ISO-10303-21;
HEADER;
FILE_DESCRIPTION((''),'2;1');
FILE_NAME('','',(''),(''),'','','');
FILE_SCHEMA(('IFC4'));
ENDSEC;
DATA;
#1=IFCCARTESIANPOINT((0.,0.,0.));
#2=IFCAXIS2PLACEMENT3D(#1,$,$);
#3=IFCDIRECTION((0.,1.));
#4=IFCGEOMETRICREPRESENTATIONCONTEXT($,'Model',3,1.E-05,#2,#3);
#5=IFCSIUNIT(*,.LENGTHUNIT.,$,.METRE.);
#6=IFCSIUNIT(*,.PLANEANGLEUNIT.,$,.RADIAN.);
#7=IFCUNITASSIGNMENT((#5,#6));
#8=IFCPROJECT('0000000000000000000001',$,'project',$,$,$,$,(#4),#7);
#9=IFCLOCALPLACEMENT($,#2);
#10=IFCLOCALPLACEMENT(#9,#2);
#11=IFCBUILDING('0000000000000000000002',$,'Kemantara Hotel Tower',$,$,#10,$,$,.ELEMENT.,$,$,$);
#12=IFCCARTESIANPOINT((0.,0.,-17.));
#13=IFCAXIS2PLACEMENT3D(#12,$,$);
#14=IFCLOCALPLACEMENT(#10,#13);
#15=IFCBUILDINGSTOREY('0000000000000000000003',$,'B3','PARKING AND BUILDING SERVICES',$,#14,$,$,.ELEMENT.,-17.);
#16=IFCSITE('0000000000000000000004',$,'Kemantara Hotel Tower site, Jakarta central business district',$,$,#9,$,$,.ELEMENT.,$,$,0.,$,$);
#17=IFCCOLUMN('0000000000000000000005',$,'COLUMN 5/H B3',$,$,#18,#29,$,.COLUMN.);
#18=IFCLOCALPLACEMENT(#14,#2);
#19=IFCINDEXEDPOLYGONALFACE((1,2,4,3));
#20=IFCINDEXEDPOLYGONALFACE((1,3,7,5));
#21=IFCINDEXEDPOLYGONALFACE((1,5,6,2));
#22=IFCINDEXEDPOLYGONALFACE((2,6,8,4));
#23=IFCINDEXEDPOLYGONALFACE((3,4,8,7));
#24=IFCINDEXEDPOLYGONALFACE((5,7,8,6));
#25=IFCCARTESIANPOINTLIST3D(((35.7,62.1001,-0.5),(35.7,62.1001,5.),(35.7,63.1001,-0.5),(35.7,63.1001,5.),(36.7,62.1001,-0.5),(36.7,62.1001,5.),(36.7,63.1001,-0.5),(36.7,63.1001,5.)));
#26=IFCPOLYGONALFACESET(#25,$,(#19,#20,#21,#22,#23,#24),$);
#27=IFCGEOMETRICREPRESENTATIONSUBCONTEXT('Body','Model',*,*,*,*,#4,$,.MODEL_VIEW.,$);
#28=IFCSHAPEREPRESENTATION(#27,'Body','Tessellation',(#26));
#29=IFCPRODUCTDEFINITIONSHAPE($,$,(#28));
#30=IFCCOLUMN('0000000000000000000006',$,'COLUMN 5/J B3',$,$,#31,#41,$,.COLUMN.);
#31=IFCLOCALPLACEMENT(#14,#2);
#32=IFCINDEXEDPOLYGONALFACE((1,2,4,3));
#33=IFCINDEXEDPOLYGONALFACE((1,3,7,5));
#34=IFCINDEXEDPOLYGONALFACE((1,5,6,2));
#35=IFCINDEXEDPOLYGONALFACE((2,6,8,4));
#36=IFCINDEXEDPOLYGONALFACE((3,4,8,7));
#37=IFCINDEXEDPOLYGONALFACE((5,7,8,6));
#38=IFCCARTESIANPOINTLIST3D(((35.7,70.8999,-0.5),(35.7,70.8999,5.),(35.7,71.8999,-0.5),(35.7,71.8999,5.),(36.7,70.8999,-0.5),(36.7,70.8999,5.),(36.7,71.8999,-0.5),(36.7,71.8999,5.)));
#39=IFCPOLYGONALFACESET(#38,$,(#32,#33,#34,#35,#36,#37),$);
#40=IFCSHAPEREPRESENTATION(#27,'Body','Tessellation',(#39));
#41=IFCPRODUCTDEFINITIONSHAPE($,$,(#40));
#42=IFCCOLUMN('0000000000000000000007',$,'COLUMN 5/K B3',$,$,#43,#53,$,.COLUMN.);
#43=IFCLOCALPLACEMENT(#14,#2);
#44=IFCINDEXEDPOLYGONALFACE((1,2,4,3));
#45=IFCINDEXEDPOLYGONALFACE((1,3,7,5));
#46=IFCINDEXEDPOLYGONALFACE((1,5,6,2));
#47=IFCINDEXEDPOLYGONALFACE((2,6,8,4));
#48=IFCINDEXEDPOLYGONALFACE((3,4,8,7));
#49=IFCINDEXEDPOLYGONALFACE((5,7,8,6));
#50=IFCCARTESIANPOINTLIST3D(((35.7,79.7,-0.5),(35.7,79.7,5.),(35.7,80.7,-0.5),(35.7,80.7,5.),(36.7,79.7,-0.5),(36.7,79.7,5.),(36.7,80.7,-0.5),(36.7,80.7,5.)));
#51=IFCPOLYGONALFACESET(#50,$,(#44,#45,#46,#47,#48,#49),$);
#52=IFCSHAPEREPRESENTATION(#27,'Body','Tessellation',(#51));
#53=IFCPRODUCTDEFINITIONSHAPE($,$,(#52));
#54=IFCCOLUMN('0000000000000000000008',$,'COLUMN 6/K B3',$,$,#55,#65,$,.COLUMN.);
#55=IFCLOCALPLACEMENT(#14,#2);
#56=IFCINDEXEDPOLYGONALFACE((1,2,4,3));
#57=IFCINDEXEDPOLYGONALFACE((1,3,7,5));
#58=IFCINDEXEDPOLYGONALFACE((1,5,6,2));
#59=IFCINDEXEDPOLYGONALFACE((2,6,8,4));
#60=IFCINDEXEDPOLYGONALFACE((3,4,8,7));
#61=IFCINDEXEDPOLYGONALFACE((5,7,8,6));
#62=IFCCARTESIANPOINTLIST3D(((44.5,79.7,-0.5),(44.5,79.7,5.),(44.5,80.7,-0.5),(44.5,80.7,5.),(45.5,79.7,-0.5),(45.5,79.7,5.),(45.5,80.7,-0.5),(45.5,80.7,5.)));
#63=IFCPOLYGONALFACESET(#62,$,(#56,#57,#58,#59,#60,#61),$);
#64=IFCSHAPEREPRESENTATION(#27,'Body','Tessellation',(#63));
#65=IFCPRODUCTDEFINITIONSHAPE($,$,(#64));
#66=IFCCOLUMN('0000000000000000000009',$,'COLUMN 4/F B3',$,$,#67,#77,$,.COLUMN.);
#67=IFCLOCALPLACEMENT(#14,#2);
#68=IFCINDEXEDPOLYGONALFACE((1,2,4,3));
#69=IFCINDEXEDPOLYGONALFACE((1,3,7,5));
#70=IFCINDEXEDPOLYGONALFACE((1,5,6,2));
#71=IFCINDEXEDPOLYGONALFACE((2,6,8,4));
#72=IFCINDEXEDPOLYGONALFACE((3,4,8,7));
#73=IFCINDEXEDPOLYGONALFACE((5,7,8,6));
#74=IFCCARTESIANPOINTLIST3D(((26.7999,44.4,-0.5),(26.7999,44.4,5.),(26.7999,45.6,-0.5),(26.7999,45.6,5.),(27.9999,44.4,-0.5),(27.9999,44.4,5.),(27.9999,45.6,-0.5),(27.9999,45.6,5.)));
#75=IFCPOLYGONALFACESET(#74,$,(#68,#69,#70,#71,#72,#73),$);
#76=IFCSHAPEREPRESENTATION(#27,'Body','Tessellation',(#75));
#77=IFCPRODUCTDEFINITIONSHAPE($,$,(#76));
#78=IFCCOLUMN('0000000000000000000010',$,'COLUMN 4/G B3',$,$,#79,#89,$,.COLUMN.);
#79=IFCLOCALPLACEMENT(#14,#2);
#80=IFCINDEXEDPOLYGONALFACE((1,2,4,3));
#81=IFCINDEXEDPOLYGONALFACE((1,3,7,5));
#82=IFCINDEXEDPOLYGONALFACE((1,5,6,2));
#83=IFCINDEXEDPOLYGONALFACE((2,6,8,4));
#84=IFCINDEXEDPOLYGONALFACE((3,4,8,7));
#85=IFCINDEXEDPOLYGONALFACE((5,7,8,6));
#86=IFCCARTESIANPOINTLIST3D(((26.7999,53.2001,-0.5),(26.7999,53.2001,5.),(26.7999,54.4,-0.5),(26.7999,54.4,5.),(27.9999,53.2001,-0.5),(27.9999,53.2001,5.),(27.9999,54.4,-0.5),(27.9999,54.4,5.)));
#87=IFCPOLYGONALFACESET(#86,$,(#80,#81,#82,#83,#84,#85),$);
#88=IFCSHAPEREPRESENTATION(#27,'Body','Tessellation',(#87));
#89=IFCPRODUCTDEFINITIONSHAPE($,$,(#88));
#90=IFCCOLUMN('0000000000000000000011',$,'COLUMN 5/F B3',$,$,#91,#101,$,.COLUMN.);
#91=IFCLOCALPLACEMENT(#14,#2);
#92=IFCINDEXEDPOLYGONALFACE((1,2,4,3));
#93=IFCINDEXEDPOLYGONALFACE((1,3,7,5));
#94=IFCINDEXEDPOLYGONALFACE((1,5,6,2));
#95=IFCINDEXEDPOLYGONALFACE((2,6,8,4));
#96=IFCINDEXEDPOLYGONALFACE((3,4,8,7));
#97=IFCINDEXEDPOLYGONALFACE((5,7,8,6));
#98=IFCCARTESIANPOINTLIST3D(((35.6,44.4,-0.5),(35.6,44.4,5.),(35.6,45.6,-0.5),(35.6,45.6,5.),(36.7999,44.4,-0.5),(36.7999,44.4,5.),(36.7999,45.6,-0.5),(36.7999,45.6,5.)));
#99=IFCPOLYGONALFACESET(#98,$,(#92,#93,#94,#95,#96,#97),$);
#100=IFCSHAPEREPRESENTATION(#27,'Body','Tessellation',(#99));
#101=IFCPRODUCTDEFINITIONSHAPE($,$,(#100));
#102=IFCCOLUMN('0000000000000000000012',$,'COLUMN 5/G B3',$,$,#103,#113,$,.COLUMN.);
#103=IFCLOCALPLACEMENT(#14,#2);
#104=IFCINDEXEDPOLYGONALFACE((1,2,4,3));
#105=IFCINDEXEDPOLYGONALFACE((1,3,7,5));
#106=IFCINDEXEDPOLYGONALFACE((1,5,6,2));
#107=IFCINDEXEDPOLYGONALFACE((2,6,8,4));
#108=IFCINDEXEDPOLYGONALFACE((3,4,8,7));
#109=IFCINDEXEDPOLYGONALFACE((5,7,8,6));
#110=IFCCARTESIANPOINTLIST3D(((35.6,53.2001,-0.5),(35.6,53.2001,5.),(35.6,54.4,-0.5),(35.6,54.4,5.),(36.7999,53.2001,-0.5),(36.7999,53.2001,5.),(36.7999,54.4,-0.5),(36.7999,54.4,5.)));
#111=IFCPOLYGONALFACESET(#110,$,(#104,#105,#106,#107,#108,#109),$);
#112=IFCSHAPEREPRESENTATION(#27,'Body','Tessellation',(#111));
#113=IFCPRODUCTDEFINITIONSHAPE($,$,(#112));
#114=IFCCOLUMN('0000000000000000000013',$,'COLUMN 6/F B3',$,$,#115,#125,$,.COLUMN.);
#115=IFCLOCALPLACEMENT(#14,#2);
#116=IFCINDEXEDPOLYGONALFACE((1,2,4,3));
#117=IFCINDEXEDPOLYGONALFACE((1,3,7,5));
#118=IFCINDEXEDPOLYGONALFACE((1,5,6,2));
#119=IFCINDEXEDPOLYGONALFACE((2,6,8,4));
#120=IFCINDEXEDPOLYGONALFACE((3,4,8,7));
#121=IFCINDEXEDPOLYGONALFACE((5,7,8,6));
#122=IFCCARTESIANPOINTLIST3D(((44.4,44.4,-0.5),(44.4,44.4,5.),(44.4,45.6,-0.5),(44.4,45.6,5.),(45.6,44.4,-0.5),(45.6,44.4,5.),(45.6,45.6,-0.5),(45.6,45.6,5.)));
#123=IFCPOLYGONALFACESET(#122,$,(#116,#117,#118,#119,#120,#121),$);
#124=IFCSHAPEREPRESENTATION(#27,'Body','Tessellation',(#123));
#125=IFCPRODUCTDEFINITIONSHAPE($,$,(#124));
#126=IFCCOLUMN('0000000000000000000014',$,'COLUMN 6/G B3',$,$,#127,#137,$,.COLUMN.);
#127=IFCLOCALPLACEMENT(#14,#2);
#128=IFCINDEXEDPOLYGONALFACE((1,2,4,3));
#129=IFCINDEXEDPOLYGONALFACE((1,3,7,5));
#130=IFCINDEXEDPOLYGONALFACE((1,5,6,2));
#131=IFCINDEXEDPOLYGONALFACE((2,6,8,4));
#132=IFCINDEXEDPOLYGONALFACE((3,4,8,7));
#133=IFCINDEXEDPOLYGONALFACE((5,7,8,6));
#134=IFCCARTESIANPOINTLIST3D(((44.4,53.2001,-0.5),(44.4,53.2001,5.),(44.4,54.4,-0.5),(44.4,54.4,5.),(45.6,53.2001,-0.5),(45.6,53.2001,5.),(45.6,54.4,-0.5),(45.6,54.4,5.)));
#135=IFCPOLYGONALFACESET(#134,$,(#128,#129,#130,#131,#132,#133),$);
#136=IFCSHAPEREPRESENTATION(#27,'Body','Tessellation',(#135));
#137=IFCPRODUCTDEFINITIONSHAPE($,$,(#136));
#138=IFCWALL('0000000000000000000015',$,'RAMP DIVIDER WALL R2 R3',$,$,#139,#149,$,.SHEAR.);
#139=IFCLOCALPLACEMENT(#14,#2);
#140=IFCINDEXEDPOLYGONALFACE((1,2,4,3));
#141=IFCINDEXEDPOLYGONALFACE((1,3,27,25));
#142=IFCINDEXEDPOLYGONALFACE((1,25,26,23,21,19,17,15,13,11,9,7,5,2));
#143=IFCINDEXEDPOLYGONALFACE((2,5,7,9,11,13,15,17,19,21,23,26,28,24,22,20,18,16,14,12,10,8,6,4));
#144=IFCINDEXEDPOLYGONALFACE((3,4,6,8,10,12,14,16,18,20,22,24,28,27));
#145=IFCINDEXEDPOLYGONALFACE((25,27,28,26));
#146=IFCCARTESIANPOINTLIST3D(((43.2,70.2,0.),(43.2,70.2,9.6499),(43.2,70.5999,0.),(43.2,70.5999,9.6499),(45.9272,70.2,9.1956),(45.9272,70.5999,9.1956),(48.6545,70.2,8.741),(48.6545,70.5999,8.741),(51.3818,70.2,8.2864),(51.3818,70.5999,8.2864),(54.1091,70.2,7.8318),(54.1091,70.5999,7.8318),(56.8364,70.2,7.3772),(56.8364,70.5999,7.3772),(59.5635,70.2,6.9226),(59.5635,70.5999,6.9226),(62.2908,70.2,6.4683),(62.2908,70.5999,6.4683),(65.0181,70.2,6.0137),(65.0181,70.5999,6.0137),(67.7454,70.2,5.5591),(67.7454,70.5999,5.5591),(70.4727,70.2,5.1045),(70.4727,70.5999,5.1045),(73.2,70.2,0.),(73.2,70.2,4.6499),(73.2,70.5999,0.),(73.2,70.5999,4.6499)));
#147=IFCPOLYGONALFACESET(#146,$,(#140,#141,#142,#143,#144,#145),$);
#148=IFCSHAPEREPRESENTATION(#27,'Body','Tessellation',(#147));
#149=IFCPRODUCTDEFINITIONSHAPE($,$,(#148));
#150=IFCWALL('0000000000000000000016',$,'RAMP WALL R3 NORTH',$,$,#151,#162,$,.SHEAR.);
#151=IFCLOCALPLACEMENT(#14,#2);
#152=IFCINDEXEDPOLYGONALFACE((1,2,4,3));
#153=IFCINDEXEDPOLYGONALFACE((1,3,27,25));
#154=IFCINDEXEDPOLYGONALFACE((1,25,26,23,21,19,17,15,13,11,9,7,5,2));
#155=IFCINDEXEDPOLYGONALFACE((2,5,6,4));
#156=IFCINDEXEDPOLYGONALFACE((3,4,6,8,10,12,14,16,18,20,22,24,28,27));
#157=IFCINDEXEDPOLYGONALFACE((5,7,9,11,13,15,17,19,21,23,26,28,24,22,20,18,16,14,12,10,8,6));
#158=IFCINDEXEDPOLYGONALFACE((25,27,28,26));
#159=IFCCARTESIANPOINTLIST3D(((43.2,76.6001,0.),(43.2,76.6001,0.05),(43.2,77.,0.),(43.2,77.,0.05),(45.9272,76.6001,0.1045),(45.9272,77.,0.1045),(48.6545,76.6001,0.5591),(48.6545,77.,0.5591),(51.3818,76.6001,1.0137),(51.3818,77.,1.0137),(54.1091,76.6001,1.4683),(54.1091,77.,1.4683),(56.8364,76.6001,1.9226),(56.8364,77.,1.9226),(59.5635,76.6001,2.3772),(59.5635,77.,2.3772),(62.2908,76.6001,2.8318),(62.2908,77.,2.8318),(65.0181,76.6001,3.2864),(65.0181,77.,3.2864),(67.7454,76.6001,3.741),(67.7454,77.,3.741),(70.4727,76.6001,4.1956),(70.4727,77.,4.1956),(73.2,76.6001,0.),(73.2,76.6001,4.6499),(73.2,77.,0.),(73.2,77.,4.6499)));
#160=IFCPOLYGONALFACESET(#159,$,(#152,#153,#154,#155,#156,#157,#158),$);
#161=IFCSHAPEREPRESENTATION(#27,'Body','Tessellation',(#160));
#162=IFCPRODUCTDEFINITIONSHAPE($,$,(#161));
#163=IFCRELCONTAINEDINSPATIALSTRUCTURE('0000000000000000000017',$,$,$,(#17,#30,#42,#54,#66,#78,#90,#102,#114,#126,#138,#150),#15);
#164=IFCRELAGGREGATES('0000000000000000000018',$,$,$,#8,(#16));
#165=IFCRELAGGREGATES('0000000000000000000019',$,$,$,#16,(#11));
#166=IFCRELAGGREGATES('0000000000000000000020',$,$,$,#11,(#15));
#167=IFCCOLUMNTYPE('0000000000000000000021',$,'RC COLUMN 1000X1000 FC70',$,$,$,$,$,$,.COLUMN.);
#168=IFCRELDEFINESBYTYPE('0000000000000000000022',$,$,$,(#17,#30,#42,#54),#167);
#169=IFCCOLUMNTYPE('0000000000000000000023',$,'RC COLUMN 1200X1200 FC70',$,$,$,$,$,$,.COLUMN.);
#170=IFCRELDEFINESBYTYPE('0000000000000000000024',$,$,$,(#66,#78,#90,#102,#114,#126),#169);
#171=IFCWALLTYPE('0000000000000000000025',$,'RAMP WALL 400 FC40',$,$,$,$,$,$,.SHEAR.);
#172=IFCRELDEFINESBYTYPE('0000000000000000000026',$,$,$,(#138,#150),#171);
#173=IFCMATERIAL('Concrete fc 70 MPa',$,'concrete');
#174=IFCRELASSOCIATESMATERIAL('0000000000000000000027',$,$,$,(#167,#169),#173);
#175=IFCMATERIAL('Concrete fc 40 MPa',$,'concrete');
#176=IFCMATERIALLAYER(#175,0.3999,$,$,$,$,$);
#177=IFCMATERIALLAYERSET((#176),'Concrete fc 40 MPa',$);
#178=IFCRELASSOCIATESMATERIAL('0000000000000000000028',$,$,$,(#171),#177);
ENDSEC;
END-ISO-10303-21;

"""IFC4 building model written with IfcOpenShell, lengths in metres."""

from ifc_helpers import new_model, si_unit, direction, frame, origin, origin_2d, place, context, subcontext, project, spatial, polyline, rectangle, outline, extrude, material, layer, layer_set, material_profile, profile_set, type_object, element, save


model = new_model("IFC4")

# Units and contexts
model_context = context("Model", 3, precision=1e-05, world=origin(), true_north=direction((0.0, 1.0)))
body_context = subcontext(model_context, "Body", "Model", "MODEL_VIEW")
ifc_project = project(units=[si_unit("LENGTHUNIT", "METRE"), si_unit("PLANEANGLEUNIT", "RADIAN")], contexts=[model_context])

# Site, building, storey
site_placement = place(None, origin())
site = spatial("IfcSite", under=ifc_project, at=site_placement, Name="Kemantara Hotel Tower site, Jakarta central business district", CompositionType="ELEMENT", RefElevation=0.0)
building_placement = place(site_placement, origin())
building = spatial("IfcBuilding", under=site, at=building_placement, Name="Kemantara Hotel Tower", CompositionType="ELEMENT")
storey_placement = place(building_placement, frame((0.0, 0.0, -17.0)))
storey = spatial("IfcBuildingStorey", under=building, at=storey_placement, Name="B3", Description="PARKING AND BUILDING SERVICES", CompositionType="ELEMENT", Elevation=-17.0)

# Columns
ifc_material_1 = material(Name="Concrete fc 70 MPa", Category="concrete")
ifc_material_profile_1 = material_profile(ifc_material_1, rectangle(XDim=1.0, YDim=1.0, at=origin_2d()), Name="RC 1000X1000")
ifc_profile_set_1 = profile_set([ifc_material_profile_1], Name="Concrete fc 70 MPa")
column_type_1 = type_object("IfcColumnType", Name="RC COLUMN 1000X1000 FC70", PredefinedType="COLUMN", material=ifc_profile_set_1)
for number, where, z_axis, x_axis, name in (
    (1, (36.2, 62.6001, -0.5), (0.0, 0.0, 1.0), (1.0, 0.0, 0.0), "COLUMN 5/H B3"),
    (2, (36.2, 71.3999, -0.5), (0.0, 0.0, 1.0), (1.0, 0.0, 0.0), "COLUMN 5/J B3"),
    (3, (36.2, 80.2, -0.5), (0.0, 0.0, 1.0), (1.0, 0.0, 0.0), "COLUMN 5/K B3"),
    (4, (45.0, 80.2, -0.5), (0.0, 0.0, 1.0), (1.0, 0.0, 0.0), "COLUMN 6/K B3"),
):
    element("IfcColumn", number, at=place(storey_placement, frame(where, z_axis=z_axis, x_axis=x_axis)), inside=storey, type_object=column_type_1, Name=name, PredefinedType="COLUMN", context=body_context, shape_type="SweptSolid", body=[
        extrude(rectangle(XDim=1.0, YDim=1.0, at=origin_2d()), origin(), (0.0, 0.0, 1.0), 5.5),
    ])
ifc_material_profile_2 = material_profile(ifc_material_1, rectangle(XDim=1.2, YDim=1.2, at=origin_2d()), Name="RC 1200X1200")
ifc_profile_set_2 = profile_set([ifc_material_profile_2], Name="Concrete fc 70 MPa")
column_type_2 = type_object("IfcColumnType", Name="RC COLUMN 1200X1200 FC70", PredefinedType="COLUMN", material=ifc_profile_set_2)
for number, where, z_axis, x_axis, name in (
    (5, (27.3999, 45.0, -0.5), (0.0, 0.0, 1.0), (1.0, 0.0, 0.0), "COLUMN 4/F B3"),
    (6, (27.3999, 53.8, -0.5), (0.0, 0.0, 1.0), (1.0, 0.0, 0.0), "COLUMN 4/G B3"),
    (7, (36.2, 45.0, -0.5), (0.0, 0.0, 1.0), (1.0, 0.0, 0.0), "COLUMN 5/F B3"),
    (8, (36.2, 53.8, -0.5), (0.0, 0.0, 1.0), (1.0, 0.0, 0.0), "COLUMN 5/G B3"),
    (9, (45.0, 45.0, -0.5), (0.0, 0.0, 1.0), (1.0, 0.0, 0.0), "COLUMN 6/F B3"),
    (10, (45.0, 53.8, -0.5), (0.0, 0.0, 1.0), (1.0, 0.0, 0.0), "COLUMN 6/G B3"),
):
    element("IfcColumn", number, at=place(storey_placement, frame(where, z_axis=z_axis, x_axis=x_axis)), inside=storey, type_object=column_type_2, Name=name, PredefinedType="COLUMN", context=body_context, shape_type="SweptSolid", body=[
        extrude(rectangle(XDim=1.2, YDim=1.2, at=origin_2d()), origin(), (0.0, 0.0, 1.0), 5.5),
    ])

# Walls
ifc_material_2 = material(Name="Concrete fc 40 MPa", Category="concrete")
ifc_layer = layer(ifc_material_2, 0.3999)
ifc_layer_set = layer_set([ifc_layer], Name="Concrete fc 40 MPa")
wall_type = type_object("IfcWallType", Name="RAMP WALL 400 FC40", PredefinedType="SHEAR", material=ifc_layer_set)
wall_1_placement = place(storey_placement, frame((43.2, 70.3999, 0.0), z_axis=(0.0, 0.0, 1.0), x_axis=(1.0, 0.0, 0.0)))
element("IfcWall", 11, at=wall_1_placement, inside=storey, type_object=wall_type, Name="RAMP DIVIDER WALL R2 R3", PredefinedType="SHEAR", context=body_context, shape_type="SweptSolid", body=[
    extrude(outline(polyline([(0.0, 0.0), (30.0, 0.0), (30.0, 4.6499), (27.2727, 5.1045), (24.5454, 5.5591), (21.8181, 6.0137), (19.0908, 6.4683), (16.3635, 6.9226), (13.6365, 7.3772), (10.9092, 7.8318), (8.1819, 8.2864), (5.4546, 8.741), (2.7273, 9.1956), (0.0, 9.6499), (0.0, 0.0)])), frame((0.0, 0.2, 0.0), z_axis=(0.0, -1.0, 0.0), x_axis=(1.0, 0.0, 0.0)), (0.0, 0.0, 1.0), 0.3999),
])
wall_2_placement = place(storey_placement, frame((43.2, 76.8, 0.0), z_axis=(0.0, 0.0, 1.0), x_axis=(1.0, 0.0, 0.0)))
element("IfcWall", 12, at=wall_2_placement, inside=storey, type_object=wall_type, Name="RAMP WALL R3 NORTH", PredefinedType="SHEAR", context=body_context, shape_type="SweptSolid", body=[
    extrude(outline(polyline([(0.0, 0.0), (30.0, 0.0), (30.0, 4.6499), (27.2727, 4.1956), (24.5454, 3.741), (21.8181, 3.2864), (19.0908, 2.8318), (16.3635, 2.3772), (13.6365, 1.9226), (10.9092, 1.4683), (8.1819, 1.0137), (5.4546, 0.5591), (2.7273, 0.1045), (0.0, 0.05), (0.0, 0.0)])), frame((0.0, 0.2, 0.0), z_axis=(0.0, -1.0, 0.0), x_axis=(1.0, 0.0, 0.0)), (0.0, 0.0, 1.0), 0.3999),
])

save(model, "model.ifc")
